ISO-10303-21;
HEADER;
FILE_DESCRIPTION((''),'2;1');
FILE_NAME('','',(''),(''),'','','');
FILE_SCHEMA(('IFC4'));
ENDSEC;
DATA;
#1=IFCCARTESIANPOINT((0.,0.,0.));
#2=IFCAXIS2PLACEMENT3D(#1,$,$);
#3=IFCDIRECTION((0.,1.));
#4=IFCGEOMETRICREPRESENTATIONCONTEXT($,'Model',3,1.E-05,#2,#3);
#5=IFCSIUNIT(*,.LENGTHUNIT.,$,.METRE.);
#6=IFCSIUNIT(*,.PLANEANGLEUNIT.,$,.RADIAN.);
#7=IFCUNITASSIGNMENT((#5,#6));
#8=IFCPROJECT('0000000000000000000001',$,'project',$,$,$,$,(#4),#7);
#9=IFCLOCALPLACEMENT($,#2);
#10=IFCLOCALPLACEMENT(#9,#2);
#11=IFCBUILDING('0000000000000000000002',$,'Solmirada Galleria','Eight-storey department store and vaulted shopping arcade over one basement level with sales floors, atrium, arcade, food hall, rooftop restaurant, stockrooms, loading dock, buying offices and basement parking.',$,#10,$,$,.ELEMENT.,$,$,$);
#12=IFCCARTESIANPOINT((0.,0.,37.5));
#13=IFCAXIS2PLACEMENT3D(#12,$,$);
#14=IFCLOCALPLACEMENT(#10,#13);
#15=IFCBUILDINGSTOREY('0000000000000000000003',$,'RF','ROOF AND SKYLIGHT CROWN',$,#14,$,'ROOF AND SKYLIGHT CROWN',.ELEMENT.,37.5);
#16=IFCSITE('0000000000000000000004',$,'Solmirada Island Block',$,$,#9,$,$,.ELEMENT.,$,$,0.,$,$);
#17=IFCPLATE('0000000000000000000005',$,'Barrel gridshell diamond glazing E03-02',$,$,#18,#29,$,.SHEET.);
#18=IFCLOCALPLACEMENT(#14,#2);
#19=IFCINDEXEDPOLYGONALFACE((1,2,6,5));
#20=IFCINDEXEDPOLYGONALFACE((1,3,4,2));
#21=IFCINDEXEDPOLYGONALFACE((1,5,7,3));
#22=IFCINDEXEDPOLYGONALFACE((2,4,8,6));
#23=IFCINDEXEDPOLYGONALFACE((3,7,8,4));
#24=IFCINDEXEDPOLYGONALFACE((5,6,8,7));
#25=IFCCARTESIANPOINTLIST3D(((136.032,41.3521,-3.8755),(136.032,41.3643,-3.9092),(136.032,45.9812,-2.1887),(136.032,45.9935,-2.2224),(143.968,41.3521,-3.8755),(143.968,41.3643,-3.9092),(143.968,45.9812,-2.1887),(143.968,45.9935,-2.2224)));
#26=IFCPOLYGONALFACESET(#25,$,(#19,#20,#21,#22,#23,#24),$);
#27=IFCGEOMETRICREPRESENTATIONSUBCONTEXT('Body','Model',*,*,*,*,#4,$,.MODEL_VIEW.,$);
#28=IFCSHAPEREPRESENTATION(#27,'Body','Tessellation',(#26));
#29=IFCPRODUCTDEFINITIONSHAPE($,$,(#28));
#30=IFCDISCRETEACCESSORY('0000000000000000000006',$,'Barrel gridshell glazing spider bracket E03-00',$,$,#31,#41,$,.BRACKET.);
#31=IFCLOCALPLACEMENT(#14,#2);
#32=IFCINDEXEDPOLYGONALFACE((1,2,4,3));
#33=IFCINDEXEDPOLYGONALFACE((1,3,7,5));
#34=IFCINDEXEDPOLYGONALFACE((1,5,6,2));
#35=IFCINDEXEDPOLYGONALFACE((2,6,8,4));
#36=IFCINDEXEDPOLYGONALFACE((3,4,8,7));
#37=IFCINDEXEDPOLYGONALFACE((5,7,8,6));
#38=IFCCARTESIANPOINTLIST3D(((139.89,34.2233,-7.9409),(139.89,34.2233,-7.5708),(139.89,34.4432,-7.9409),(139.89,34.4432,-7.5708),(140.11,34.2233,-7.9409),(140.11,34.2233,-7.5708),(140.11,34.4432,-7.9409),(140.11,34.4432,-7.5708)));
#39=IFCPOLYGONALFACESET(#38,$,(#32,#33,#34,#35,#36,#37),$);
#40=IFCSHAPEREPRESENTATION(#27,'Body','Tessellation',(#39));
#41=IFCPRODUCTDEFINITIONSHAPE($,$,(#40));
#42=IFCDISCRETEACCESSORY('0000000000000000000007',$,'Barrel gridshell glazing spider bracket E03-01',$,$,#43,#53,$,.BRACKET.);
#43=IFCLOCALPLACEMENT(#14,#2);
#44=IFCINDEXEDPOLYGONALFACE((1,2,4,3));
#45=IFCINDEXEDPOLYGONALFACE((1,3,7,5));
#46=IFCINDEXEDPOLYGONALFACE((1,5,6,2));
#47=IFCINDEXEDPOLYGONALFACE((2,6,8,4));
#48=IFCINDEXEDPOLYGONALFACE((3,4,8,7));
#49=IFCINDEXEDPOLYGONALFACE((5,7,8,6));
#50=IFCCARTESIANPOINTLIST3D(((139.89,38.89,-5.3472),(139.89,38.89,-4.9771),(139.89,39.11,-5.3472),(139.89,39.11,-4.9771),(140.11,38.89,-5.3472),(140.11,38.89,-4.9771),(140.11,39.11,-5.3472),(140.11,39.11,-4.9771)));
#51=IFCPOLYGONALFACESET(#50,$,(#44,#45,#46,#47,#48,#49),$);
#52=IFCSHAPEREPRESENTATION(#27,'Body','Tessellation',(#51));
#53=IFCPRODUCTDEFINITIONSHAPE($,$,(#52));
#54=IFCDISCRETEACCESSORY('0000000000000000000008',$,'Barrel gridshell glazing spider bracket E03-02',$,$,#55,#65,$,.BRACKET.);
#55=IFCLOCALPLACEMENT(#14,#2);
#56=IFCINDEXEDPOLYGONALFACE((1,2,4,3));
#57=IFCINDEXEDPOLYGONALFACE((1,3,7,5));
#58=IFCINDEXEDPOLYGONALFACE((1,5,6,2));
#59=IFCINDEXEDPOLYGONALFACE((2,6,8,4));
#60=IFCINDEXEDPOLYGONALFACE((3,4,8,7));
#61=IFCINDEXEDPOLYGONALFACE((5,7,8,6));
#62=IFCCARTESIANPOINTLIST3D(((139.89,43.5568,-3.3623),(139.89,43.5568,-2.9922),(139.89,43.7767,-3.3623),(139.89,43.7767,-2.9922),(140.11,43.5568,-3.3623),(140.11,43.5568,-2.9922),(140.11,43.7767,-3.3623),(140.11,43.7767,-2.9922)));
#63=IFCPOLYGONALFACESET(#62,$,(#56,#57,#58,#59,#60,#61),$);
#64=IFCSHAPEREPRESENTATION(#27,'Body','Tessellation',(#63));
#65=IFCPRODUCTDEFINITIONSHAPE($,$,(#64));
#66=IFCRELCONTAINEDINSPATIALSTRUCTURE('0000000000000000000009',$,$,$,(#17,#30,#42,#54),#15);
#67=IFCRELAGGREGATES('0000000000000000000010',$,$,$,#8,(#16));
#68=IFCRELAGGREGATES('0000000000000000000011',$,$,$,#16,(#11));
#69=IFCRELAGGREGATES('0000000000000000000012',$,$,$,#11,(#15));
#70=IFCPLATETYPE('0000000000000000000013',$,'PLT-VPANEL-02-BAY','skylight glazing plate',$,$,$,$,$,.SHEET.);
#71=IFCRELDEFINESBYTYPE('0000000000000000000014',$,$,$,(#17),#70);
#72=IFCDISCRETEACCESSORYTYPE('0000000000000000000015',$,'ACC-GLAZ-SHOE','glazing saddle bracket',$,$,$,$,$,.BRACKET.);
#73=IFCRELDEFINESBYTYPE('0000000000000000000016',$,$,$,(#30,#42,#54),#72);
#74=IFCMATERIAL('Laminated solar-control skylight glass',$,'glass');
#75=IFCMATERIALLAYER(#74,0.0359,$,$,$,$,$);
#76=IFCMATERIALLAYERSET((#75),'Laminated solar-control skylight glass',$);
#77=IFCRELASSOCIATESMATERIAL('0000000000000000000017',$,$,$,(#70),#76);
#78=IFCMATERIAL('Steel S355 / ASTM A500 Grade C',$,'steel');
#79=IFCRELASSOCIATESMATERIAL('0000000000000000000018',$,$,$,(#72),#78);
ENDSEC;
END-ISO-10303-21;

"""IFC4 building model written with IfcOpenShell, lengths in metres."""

from ifc_helpers import new_model, si_unit, direction, frame, origin, origin_2d, place, context, subcontext, project, spatial, polyline, rectangle, outline, extrude, material, layer, layer_set, type_object, element, save


model = new_model("IFC4")

# Units and contexts
model_context = context("Model", 3, precision=1e-05, world=origin(), true_north=direction((0.0, 1.0)))
body_context = subcontext(model_context, "Body", "Model", "MODEL_VIEW")
ifc_project = project(units=[si_unit("LENGTHUNIT", "METRE"), si_unit("PLANEANGLEUNIT", "RADIAN")], contexts=[model_context])

# Site, building, storey
site_placement = place(None, origin())
site = spatial("IfcSite", under=ifc_project, at=site_placement, Name="Solmirada Island Block", CompositionType="ELEMENT", RefElevation=0.0)
building_placement = place(site_placement, origin())
building = spatial("IfcBuilding", under=site, at=building_placement, Name="Solmirada Galleria", Description="Eight-storey department store and vaulted shopping arcade over one basement level with sales floors, atrium, arcade, food hall, rooftop restaurant, stockrooms, loading dock, buying offices and basement parking.", CompositionType="ELEMENT")
storey_placement = place(building_placement, frame((0.0, 0.0, 37.5)))
storey = spatial("IfcBuildingStorey", under=building, at=storey_placement, Name="RF", Description="ROOF AND SKYLIGHT CROWN", LongName="ROOF AND SKYLIGHT CROWN", CompositionType="ELEMENT", Elevation=37.5)

# Shared definitions
ifc_material_1 = material(Name="Steel S355 / ASTM A500 Grade C", Category="steel")

# Plate
ifc_material_2 = material(Name="Laminated solar-control skylight glass", Category="glass")
ifc_layer_1 = layer(ifc_material_2, 0.0359)
ifc_layer_set_1 = layer_set([ifc_layer_1], Name="Laminated solar-control skylight glass")
plate_type_1 = type_object("IfcPlateType", Name="PLT-VPANEL-02-BAY", Description="skylight glazing plate", PredefinedType="SHEET", material=ifc_layer_set_1)
plate_1_placement = place(storey_placement, frame((136.032, 41.3521, -3.8755), z_axis=(0.0, -0.34236, 0.939569), x_axis=(1.0, 0.0, 0.0)))
element("IfcPlate", 1, at=plate_1_placement, inside=storey, type_object=plate_type_1, Name="Barrel gridshell diamond glazing E03-02", PredefinedType="SHEET", context=body_context, shape_type="SweptSolid", body=[
    extrude(outline(polyline([(0.0, 0.0), (7.936, 0.0), (7.936, 4.9269), (0.0, 4.9269), (0.0, 0.0)])), origin(), (0.0, 0.0, -1.0), 0.0359),
])

# Discrete accessories
discrete_accessory_type = type_object("IfcDiscreteAccessoryType", Name="ACC-GLAZ-SHOE", Description="glazing saddle bracket", PredefinedType="BRACKET", material=ifc_material_1)
for number, where, z_axis, x_axis, name in (
    (2, (140.0, 34.3333, -7.9409), (0.0, 0.0, 1.0), (1.0, 0.0, 0.0), "Barrel gridshell glazing spider bracket E03-00"),
    (3, (140.0, 39.0, -5.3472), (0.0, 0.0, 1.0), (1.0, 0.0, 0.0), "Barrel gridshell glazing spider bracket E03-01"),
    (4, (140.0, 43.6667, -3.3623), (0.0, 0.0, 1.0), (1.0, 0.0, 0.0), "Barrel gridshell glazing spider bracket E03-02"),
):
    element("IfcDiscreteAccessory", number, at=place(storey_placement, frame(where, z_axis=z_axis, x_axis=x_axis)), inside=storey, type_object=discrete_accessory_type, Name=name, PredefinedType="BRACKET", context=body_context, shape_type="SweptSolid", body=[
        extrude(rectangle(XDim=0.22, YDim=0.22, at=origin_2d()), origin(), (0.0, 0.0, 1.0), 0.3701),
    ])

save(model, "model.ifc")
